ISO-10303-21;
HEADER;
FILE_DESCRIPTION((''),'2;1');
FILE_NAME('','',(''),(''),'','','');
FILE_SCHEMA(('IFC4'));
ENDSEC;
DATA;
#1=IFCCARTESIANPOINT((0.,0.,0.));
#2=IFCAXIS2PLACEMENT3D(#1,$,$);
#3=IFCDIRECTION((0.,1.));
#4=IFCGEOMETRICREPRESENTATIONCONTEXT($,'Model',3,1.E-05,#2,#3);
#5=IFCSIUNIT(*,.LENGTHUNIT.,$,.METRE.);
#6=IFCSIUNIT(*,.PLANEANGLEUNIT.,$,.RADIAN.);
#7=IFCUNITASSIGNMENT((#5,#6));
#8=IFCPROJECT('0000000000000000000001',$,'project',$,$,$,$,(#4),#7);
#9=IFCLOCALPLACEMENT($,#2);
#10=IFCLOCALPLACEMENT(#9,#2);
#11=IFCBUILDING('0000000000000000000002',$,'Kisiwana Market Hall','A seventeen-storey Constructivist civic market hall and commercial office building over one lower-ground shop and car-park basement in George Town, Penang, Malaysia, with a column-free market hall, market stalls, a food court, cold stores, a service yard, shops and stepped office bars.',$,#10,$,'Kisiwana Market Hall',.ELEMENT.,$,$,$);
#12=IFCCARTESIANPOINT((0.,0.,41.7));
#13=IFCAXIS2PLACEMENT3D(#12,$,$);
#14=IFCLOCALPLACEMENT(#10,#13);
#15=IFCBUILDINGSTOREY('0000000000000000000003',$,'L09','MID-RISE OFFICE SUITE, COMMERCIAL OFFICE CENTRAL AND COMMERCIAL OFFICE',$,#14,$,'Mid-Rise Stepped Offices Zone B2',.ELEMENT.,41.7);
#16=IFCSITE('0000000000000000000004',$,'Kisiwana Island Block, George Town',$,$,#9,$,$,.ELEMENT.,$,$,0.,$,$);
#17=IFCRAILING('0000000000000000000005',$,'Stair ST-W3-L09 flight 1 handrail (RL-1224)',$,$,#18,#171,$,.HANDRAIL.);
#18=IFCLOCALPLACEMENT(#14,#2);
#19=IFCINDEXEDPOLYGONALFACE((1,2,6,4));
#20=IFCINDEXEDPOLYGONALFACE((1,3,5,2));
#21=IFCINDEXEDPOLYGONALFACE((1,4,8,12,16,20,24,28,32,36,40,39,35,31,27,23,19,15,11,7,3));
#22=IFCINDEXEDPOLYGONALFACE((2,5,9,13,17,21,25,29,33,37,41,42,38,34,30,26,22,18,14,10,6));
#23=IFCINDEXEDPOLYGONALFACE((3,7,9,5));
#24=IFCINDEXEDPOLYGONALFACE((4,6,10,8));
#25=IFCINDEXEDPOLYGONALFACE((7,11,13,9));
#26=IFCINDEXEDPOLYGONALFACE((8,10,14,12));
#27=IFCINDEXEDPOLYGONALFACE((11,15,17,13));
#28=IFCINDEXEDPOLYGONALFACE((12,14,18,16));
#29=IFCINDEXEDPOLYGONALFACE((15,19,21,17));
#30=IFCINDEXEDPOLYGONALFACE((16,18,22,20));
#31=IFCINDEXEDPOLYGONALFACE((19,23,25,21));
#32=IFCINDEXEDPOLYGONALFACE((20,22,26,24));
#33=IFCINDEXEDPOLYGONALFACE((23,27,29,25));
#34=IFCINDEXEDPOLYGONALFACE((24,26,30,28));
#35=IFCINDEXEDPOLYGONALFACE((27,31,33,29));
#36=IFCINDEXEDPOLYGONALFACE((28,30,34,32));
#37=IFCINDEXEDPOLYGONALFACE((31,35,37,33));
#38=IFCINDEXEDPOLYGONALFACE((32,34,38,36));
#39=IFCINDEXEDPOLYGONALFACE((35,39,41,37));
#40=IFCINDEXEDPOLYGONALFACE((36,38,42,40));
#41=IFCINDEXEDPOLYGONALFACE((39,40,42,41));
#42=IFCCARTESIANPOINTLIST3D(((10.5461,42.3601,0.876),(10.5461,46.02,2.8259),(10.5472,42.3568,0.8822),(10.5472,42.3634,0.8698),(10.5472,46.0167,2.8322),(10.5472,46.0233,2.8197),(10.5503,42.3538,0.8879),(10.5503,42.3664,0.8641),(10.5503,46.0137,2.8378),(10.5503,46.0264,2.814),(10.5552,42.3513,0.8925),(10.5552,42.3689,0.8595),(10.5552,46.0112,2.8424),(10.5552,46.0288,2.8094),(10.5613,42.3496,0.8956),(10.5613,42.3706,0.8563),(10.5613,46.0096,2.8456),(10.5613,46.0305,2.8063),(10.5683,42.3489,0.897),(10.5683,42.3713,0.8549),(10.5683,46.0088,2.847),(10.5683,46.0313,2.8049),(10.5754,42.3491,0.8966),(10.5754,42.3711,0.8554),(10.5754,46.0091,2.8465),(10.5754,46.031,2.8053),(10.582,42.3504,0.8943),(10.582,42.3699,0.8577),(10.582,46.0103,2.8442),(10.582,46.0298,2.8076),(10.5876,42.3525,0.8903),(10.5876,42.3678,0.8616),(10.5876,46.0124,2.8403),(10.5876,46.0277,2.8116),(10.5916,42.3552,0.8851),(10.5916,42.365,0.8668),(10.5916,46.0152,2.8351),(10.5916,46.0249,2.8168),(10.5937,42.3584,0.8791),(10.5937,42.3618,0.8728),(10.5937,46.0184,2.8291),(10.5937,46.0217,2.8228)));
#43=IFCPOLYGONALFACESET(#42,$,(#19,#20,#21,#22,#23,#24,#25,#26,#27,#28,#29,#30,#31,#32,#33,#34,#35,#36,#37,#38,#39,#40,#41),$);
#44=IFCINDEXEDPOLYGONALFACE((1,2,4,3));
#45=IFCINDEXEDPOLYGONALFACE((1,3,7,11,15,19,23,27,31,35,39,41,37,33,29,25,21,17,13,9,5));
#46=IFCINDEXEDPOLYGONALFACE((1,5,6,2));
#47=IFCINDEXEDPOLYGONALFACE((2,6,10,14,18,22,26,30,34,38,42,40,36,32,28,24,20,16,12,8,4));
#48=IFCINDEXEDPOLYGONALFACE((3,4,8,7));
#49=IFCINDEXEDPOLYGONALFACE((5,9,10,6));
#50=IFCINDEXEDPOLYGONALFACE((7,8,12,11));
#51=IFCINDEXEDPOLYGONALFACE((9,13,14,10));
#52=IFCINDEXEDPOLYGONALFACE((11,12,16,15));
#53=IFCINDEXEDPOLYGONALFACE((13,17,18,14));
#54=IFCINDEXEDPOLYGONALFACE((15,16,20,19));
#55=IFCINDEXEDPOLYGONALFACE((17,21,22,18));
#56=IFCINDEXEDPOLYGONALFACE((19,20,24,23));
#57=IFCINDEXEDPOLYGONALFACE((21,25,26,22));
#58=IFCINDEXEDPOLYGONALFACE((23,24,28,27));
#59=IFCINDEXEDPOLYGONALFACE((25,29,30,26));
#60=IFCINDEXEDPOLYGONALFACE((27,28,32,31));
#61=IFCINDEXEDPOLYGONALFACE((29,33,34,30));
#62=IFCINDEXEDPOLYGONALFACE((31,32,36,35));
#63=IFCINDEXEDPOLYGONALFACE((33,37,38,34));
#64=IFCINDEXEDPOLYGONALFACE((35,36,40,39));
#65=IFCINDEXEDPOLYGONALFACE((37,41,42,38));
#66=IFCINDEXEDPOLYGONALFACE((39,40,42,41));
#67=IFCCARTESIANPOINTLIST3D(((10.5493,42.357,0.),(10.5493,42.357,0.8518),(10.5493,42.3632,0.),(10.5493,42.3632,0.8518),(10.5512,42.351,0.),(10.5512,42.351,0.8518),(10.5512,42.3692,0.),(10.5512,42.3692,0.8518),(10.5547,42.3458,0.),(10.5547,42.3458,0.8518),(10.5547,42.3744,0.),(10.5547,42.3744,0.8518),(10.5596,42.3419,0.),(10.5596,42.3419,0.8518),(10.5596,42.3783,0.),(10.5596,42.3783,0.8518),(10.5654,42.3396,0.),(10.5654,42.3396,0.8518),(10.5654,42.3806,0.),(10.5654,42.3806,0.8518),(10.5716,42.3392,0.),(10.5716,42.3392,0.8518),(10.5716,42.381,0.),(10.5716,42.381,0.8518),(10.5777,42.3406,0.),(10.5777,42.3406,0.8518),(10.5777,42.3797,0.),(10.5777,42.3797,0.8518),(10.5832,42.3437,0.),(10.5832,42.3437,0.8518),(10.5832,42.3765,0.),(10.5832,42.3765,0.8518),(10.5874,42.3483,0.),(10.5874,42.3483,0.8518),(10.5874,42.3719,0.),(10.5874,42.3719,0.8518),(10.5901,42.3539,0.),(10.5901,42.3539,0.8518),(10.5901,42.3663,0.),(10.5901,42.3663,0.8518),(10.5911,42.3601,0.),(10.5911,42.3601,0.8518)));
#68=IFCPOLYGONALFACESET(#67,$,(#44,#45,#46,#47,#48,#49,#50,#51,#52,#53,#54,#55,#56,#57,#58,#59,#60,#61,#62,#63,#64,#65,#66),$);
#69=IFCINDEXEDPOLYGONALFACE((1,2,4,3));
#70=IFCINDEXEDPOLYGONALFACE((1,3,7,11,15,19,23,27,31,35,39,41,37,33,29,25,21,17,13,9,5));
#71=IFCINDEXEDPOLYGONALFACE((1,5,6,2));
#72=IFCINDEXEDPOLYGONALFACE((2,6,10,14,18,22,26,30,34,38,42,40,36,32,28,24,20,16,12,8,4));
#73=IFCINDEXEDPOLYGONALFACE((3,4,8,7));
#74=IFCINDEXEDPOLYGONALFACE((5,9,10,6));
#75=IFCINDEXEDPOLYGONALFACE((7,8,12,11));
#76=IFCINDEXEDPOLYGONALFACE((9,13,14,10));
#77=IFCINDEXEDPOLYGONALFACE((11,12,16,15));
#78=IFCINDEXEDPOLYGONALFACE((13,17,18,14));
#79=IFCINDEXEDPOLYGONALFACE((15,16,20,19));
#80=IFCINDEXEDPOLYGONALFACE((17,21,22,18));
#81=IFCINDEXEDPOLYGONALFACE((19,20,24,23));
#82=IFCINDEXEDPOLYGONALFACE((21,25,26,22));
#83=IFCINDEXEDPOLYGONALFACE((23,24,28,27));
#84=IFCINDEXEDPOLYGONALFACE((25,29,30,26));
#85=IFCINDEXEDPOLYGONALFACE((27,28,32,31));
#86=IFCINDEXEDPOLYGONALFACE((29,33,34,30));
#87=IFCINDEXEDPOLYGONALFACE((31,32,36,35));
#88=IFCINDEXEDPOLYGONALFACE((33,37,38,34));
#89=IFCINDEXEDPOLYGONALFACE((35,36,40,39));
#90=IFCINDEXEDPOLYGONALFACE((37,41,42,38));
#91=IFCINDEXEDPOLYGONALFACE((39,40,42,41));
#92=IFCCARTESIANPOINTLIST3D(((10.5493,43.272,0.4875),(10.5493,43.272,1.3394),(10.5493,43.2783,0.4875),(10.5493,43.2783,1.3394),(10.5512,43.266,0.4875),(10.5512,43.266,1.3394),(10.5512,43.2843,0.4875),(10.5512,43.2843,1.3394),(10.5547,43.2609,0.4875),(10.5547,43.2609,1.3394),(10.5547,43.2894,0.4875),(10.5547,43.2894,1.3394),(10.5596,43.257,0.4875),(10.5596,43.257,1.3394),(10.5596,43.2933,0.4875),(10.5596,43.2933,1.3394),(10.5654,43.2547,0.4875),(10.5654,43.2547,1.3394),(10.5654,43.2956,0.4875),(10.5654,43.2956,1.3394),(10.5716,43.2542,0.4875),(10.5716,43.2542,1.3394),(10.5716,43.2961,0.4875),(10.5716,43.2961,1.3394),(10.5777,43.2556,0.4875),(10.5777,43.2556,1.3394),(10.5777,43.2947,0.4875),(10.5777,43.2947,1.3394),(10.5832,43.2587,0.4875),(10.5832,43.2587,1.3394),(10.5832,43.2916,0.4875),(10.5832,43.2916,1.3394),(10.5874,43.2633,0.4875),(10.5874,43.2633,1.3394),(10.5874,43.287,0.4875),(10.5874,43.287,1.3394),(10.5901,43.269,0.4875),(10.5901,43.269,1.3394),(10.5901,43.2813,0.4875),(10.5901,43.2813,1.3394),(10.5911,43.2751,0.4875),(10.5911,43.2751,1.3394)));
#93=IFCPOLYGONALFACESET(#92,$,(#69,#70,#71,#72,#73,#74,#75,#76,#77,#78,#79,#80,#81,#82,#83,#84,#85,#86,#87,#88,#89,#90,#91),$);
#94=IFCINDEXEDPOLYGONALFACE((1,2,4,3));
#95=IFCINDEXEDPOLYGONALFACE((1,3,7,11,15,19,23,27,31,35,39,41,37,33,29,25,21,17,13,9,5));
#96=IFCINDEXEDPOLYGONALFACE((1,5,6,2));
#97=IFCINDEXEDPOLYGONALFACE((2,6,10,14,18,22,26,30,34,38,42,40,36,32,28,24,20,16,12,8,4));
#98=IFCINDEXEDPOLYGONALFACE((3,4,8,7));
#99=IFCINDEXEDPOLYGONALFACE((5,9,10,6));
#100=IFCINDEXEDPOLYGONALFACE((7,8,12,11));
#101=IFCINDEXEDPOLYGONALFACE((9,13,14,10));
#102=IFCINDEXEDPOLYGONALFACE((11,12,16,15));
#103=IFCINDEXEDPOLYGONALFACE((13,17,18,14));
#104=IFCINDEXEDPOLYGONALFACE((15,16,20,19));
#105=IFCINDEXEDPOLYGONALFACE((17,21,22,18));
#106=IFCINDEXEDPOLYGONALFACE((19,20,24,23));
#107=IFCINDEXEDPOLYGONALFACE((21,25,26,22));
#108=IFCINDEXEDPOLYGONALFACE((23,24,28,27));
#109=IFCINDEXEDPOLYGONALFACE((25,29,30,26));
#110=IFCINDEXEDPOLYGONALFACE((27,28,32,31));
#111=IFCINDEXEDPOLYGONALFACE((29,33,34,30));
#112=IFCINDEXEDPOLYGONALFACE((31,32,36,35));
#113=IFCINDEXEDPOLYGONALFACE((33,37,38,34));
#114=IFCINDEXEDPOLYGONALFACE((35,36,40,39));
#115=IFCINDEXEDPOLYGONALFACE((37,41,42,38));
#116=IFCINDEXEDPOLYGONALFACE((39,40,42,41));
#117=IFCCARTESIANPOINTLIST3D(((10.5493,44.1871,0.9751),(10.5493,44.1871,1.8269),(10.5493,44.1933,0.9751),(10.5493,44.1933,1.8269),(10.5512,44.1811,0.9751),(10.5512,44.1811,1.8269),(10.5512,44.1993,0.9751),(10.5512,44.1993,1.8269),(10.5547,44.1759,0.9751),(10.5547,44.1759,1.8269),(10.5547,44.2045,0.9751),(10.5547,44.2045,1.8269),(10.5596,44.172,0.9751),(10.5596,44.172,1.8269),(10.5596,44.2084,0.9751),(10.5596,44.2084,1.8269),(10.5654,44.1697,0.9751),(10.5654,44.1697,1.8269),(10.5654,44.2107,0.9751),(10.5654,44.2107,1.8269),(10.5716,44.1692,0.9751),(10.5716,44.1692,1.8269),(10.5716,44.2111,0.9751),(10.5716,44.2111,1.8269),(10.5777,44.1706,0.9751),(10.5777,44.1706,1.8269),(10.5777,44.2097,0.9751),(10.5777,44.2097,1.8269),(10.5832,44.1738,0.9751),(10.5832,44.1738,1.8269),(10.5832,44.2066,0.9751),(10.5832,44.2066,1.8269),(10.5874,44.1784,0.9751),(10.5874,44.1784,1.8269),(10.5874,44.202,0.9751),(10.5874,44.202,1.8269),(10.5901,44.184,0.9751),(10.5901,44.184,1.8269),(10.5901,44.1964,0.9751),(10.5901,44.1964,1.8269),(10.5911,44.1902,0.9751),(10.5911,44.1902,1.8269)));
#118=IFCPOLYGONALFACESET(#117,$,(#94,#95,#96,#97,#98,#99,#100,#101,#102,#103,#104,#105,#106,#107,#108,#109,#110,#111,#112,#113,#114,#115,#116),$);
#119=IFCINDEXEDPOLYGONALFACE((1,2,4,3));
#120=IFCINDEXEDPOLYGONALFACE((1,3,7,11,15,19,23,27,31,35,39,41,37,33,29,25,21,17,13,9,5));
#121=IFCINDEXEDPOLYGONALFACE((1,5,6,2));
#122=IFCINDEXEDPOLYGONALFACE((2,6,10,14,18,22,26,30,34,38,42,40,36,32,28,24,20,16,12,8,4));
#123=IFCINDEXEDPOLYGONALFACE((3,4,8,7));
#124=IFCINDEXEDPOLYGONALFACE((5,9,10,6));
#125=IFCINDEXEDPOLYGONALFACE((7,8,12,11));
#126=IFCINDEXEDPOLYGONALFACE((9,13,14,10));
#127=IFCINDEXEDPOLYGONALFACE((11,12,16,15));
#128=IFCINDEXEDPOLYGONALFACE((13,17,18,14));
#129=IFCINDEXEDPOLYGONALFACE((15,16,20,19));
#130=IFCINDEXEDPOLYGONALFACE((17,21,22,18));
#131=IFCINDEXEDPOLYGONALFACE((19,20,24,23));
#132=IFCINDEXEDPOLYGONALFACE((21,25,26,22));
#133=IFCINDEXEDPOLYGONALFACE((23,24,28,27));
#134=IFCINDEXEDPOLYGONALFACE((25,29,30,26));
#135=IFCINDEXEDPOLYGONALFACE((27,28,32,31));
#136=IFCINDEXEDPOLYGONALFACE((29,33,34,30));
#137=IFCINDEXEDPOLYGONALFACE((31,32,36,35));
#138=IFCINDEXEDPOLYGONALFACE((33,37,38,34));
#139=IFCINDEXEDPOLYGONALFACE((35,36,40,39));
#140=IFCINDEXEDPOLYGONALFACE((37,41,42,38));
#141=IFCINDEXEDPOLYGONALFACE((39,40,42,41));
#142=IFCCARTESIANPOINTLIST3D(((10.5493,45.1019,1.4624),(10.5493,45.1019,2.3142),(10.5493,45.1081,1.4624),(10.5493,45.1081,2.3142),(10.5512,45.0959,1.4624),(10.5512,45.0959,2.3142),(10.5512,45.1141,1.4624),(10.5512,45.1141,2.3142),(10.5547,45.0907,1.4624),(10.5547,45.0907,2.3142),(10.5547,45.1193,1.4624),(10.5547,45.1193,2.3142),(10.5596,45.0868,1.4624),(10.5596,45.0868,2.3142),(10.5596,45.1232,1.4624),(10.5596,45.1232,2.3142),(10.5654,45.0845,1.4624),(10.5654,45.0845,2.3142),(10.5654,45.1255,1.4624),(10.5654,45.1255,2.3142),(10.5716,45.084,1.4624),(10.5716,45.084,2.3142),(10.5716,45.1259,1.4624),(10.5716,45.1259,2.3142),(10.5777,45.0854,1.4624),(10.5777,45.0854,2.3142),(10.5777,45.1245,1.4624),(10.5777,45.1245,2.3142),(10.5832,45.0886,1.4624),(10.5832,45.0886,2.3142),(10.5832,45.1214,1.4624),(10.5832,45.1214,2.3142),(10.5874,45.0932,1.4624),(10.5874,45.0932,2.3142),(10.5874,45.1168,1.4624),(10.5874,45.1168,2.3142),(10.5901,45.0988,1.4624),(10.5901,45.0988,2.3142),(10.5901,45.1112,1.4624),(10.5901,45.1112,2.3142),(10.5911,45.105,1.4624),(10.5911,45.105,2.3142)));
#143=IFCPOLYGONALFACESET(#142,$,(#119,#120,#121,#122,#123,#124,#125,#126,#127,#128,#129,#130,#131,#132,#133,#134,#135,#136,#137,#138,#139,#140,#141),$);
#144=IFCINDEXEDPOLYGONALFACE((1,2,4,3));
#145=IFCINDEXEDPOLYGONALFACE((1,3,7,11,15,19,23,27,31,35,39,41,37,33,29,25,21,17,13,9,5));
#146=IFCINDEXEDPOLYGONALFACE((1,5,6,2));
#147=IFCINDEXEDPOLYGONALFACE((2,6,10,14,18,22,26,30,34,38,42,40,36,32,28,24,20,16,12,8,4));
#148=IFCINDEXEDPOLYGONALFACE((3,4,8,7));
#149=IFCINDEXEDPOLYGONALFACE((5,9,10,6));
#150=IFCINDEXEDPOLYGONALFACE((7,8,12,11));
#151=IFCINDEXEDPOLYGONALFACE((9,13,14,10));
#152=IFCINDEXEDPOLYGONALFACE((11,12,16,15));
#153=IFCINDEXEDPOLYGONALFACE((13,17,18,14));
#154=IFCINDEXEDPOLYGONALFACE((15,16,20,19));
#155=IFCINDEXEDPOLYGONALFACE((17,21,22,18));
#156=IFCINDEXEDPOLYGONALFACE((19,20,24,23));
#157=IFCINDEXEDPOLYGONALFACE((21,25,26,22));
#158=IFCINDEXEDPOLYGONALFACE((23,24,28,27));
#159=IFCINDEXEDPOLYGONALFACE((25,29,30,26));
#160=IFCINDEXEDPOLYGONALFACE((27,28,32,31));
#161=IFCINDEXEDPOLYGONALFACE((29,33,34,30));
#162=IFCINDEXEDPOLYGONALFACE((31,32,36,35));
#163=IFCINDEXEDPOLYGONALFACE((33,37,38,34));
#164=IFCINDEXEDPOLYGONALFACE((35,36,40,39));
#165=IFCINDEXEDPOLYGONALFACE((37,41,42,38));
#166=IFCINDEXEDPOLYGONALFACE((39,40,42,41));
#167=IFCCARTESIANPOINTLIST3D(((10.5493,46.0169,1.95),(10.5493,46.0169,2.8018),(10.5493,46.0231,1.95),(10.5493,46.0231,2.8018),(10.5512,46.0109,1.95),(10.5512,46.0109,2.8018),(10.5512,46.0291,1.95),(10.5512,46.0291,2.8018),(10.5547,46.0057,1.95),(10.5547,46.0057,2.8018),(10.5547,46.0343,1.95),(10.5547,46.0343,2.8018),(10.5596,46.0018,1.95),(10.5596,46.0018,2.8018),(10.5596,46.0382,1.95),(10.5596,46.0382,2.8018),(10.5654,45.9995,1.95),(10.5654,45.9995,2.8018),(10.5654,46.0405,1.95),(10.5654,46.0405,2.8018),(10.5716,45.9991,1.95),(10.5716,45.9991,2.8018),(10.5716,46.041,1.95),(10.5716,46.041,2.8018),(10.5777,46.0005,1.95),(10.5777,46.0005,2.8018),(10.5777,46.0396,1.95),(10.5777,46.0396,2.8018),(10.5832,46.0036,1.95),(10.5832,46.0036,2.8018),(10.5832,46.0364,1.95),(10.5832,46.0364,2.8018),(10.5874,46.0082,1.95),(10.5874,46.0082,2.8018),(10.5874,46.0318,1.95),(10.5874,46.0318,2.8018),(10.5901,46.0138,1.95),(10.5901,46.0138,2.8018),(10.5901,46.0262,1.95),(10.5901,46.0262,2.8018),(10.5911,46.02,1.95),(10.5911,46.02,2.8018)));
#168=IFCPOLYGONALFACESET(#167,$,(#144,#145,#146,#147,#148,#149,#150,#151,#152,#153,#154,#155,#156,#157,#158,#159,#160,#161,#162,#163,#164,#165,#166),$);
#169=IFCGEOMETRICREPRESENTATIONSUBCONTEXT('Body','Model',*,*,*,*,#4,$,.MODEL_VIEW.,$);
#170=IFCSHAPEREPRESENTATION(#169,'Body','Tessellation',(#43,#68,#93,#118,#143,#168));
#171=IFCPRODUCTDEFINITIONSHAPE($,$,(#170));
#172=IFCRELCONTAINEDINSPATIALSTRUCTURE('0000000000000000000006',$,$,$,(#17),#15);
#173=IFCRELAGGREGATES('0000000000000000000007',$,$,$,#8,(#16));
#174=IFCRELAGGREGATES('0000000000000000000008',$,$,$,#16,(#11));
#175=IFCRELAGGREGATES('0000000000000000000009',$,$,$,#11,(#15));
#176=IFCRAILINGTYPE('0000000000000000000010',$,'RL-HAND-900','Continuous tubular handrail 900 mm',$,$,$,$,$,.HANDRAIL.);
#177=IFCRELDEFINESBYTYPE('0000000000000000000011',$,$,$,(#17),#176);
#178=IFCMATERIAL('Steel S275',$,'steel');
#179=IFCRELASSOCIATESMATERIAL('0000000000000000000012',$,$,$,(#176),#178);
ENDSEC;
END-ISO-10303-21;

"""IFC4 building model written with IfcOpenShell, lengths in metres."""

from ifc_helpers import new_model, si_unit, direction, frame, origin, origin_2d, place, context, subcontext, project, spatial, circle, extrude, material, type_object, element, save


model = new_model("IFC4")

# Units and contexts
model_context = context("Model", 3, precision=1e-05, world=origin(), true_north=direction((0.0, 1.0)))
body_context = subcontext(model_context, "Body", "Model", "MODEL_VIEW")
ifc_project = project(units=[si_unit("LENGTHUNIT", "METRE"), si_unit("PLANEANGLEUNIT", "RADIAN")], contexts=[model_context])

# Site, building, storey
site_placement = place(None, origin())
site = spatial("IfcSite", under=ifc_project, at=site_placement, Name="Kisiwana Island Block, George Town", CompositionType="ELEMENT", RefElevation=0.0)
building_placement = place(site_placement, origin())
building = spatial("IfcBuilding", under=site, at=building_placement, Name="Kisiwana Market Hall", Description="A seventeen-storey Constructivist civic market hall and commercial office building over one lower-ground shop and car-park basement in George Town, Penang, Malaysia, with a column-free market hall, market stalls, a food court, cold stores, a service yard, shops and stepped office bars.", LongName="Kisiwana Market Hall", CompositionType="ELEMENT")
storey_placement = place(building_placement, frame((0.0, 0.0, 41.7)))
storey = spatial("IfcBuildingStorey", under=building, at=storey_placement, Name="L09", Description="MID-RISE OFFICE SUITE, COMMERCIAL OFFICE CENTRAL AND COMMERCIAL OFFICE", LongName="Mid-Rise Stepped Offices Zone B2", CompositionType="ELEMENT", Elevation=41.7)

# Railing
ifc_material_1 = material(Name="Steel S275", Category="steel")
railing_type_1 = type_object("IfcRailingType", Name="RL-HAND-900", Description="Continuous tubular handrail 900 mm", PredefinedType="HANDRAIL", material=ifc_material_1)
for number, where, name in (
    (1, (10.5701, 42.3601, 0.0), "Stair ST-W3-L09 flight 1 handrail (RL-1224)"),
):
    element("IfcRailing", number, at=place(storey_placement, frame(where)), inside=storey, type_object=railing_type_1, Name=name, PredefinedType="HANDRAIL", context=body_context, shape_type="SweptSolid", body=[
        extrude(circle(Radius=0.0239, at=origin_2d()), frame((0.0, 0.0, 0.876), z_axis=(0.0, 0.882553, 0.470212), x_axis=(-1.0, 0.0, 0.0)), (0.0, 0.0, 1.0), 4.147),
        extrude(circle(Radius=0.021, at=origin_2d()), origin(), (0.0, 0.0, 1.0), 0.8518),
        extrude(circle(Radius=0.021, at=origin_2d()), frame((0.0, 0.915, 0.4875)), (0.0, 0.0, 1.0), 0.8518),
        extrude(circle(Radius=0.021, at=origin_2d()), frame((0.0, 1.8301, 0.9751)), (0.0, 0.0, 1.0), 0.8518),
        extrude(circle(Radius=0.021, at=origin_2d()), frame((0.0, 2.7449, 1.4624)), (0.0, 0.0, 1.0), 0.8518),
        extrude(circle(Radius=0.021, at=origin_2d()), frame((0.0, 3.6599, 1.95)), (0.0, 0.0, 1.0), 0.8518),
    ])

save(model, "model.ifc")
